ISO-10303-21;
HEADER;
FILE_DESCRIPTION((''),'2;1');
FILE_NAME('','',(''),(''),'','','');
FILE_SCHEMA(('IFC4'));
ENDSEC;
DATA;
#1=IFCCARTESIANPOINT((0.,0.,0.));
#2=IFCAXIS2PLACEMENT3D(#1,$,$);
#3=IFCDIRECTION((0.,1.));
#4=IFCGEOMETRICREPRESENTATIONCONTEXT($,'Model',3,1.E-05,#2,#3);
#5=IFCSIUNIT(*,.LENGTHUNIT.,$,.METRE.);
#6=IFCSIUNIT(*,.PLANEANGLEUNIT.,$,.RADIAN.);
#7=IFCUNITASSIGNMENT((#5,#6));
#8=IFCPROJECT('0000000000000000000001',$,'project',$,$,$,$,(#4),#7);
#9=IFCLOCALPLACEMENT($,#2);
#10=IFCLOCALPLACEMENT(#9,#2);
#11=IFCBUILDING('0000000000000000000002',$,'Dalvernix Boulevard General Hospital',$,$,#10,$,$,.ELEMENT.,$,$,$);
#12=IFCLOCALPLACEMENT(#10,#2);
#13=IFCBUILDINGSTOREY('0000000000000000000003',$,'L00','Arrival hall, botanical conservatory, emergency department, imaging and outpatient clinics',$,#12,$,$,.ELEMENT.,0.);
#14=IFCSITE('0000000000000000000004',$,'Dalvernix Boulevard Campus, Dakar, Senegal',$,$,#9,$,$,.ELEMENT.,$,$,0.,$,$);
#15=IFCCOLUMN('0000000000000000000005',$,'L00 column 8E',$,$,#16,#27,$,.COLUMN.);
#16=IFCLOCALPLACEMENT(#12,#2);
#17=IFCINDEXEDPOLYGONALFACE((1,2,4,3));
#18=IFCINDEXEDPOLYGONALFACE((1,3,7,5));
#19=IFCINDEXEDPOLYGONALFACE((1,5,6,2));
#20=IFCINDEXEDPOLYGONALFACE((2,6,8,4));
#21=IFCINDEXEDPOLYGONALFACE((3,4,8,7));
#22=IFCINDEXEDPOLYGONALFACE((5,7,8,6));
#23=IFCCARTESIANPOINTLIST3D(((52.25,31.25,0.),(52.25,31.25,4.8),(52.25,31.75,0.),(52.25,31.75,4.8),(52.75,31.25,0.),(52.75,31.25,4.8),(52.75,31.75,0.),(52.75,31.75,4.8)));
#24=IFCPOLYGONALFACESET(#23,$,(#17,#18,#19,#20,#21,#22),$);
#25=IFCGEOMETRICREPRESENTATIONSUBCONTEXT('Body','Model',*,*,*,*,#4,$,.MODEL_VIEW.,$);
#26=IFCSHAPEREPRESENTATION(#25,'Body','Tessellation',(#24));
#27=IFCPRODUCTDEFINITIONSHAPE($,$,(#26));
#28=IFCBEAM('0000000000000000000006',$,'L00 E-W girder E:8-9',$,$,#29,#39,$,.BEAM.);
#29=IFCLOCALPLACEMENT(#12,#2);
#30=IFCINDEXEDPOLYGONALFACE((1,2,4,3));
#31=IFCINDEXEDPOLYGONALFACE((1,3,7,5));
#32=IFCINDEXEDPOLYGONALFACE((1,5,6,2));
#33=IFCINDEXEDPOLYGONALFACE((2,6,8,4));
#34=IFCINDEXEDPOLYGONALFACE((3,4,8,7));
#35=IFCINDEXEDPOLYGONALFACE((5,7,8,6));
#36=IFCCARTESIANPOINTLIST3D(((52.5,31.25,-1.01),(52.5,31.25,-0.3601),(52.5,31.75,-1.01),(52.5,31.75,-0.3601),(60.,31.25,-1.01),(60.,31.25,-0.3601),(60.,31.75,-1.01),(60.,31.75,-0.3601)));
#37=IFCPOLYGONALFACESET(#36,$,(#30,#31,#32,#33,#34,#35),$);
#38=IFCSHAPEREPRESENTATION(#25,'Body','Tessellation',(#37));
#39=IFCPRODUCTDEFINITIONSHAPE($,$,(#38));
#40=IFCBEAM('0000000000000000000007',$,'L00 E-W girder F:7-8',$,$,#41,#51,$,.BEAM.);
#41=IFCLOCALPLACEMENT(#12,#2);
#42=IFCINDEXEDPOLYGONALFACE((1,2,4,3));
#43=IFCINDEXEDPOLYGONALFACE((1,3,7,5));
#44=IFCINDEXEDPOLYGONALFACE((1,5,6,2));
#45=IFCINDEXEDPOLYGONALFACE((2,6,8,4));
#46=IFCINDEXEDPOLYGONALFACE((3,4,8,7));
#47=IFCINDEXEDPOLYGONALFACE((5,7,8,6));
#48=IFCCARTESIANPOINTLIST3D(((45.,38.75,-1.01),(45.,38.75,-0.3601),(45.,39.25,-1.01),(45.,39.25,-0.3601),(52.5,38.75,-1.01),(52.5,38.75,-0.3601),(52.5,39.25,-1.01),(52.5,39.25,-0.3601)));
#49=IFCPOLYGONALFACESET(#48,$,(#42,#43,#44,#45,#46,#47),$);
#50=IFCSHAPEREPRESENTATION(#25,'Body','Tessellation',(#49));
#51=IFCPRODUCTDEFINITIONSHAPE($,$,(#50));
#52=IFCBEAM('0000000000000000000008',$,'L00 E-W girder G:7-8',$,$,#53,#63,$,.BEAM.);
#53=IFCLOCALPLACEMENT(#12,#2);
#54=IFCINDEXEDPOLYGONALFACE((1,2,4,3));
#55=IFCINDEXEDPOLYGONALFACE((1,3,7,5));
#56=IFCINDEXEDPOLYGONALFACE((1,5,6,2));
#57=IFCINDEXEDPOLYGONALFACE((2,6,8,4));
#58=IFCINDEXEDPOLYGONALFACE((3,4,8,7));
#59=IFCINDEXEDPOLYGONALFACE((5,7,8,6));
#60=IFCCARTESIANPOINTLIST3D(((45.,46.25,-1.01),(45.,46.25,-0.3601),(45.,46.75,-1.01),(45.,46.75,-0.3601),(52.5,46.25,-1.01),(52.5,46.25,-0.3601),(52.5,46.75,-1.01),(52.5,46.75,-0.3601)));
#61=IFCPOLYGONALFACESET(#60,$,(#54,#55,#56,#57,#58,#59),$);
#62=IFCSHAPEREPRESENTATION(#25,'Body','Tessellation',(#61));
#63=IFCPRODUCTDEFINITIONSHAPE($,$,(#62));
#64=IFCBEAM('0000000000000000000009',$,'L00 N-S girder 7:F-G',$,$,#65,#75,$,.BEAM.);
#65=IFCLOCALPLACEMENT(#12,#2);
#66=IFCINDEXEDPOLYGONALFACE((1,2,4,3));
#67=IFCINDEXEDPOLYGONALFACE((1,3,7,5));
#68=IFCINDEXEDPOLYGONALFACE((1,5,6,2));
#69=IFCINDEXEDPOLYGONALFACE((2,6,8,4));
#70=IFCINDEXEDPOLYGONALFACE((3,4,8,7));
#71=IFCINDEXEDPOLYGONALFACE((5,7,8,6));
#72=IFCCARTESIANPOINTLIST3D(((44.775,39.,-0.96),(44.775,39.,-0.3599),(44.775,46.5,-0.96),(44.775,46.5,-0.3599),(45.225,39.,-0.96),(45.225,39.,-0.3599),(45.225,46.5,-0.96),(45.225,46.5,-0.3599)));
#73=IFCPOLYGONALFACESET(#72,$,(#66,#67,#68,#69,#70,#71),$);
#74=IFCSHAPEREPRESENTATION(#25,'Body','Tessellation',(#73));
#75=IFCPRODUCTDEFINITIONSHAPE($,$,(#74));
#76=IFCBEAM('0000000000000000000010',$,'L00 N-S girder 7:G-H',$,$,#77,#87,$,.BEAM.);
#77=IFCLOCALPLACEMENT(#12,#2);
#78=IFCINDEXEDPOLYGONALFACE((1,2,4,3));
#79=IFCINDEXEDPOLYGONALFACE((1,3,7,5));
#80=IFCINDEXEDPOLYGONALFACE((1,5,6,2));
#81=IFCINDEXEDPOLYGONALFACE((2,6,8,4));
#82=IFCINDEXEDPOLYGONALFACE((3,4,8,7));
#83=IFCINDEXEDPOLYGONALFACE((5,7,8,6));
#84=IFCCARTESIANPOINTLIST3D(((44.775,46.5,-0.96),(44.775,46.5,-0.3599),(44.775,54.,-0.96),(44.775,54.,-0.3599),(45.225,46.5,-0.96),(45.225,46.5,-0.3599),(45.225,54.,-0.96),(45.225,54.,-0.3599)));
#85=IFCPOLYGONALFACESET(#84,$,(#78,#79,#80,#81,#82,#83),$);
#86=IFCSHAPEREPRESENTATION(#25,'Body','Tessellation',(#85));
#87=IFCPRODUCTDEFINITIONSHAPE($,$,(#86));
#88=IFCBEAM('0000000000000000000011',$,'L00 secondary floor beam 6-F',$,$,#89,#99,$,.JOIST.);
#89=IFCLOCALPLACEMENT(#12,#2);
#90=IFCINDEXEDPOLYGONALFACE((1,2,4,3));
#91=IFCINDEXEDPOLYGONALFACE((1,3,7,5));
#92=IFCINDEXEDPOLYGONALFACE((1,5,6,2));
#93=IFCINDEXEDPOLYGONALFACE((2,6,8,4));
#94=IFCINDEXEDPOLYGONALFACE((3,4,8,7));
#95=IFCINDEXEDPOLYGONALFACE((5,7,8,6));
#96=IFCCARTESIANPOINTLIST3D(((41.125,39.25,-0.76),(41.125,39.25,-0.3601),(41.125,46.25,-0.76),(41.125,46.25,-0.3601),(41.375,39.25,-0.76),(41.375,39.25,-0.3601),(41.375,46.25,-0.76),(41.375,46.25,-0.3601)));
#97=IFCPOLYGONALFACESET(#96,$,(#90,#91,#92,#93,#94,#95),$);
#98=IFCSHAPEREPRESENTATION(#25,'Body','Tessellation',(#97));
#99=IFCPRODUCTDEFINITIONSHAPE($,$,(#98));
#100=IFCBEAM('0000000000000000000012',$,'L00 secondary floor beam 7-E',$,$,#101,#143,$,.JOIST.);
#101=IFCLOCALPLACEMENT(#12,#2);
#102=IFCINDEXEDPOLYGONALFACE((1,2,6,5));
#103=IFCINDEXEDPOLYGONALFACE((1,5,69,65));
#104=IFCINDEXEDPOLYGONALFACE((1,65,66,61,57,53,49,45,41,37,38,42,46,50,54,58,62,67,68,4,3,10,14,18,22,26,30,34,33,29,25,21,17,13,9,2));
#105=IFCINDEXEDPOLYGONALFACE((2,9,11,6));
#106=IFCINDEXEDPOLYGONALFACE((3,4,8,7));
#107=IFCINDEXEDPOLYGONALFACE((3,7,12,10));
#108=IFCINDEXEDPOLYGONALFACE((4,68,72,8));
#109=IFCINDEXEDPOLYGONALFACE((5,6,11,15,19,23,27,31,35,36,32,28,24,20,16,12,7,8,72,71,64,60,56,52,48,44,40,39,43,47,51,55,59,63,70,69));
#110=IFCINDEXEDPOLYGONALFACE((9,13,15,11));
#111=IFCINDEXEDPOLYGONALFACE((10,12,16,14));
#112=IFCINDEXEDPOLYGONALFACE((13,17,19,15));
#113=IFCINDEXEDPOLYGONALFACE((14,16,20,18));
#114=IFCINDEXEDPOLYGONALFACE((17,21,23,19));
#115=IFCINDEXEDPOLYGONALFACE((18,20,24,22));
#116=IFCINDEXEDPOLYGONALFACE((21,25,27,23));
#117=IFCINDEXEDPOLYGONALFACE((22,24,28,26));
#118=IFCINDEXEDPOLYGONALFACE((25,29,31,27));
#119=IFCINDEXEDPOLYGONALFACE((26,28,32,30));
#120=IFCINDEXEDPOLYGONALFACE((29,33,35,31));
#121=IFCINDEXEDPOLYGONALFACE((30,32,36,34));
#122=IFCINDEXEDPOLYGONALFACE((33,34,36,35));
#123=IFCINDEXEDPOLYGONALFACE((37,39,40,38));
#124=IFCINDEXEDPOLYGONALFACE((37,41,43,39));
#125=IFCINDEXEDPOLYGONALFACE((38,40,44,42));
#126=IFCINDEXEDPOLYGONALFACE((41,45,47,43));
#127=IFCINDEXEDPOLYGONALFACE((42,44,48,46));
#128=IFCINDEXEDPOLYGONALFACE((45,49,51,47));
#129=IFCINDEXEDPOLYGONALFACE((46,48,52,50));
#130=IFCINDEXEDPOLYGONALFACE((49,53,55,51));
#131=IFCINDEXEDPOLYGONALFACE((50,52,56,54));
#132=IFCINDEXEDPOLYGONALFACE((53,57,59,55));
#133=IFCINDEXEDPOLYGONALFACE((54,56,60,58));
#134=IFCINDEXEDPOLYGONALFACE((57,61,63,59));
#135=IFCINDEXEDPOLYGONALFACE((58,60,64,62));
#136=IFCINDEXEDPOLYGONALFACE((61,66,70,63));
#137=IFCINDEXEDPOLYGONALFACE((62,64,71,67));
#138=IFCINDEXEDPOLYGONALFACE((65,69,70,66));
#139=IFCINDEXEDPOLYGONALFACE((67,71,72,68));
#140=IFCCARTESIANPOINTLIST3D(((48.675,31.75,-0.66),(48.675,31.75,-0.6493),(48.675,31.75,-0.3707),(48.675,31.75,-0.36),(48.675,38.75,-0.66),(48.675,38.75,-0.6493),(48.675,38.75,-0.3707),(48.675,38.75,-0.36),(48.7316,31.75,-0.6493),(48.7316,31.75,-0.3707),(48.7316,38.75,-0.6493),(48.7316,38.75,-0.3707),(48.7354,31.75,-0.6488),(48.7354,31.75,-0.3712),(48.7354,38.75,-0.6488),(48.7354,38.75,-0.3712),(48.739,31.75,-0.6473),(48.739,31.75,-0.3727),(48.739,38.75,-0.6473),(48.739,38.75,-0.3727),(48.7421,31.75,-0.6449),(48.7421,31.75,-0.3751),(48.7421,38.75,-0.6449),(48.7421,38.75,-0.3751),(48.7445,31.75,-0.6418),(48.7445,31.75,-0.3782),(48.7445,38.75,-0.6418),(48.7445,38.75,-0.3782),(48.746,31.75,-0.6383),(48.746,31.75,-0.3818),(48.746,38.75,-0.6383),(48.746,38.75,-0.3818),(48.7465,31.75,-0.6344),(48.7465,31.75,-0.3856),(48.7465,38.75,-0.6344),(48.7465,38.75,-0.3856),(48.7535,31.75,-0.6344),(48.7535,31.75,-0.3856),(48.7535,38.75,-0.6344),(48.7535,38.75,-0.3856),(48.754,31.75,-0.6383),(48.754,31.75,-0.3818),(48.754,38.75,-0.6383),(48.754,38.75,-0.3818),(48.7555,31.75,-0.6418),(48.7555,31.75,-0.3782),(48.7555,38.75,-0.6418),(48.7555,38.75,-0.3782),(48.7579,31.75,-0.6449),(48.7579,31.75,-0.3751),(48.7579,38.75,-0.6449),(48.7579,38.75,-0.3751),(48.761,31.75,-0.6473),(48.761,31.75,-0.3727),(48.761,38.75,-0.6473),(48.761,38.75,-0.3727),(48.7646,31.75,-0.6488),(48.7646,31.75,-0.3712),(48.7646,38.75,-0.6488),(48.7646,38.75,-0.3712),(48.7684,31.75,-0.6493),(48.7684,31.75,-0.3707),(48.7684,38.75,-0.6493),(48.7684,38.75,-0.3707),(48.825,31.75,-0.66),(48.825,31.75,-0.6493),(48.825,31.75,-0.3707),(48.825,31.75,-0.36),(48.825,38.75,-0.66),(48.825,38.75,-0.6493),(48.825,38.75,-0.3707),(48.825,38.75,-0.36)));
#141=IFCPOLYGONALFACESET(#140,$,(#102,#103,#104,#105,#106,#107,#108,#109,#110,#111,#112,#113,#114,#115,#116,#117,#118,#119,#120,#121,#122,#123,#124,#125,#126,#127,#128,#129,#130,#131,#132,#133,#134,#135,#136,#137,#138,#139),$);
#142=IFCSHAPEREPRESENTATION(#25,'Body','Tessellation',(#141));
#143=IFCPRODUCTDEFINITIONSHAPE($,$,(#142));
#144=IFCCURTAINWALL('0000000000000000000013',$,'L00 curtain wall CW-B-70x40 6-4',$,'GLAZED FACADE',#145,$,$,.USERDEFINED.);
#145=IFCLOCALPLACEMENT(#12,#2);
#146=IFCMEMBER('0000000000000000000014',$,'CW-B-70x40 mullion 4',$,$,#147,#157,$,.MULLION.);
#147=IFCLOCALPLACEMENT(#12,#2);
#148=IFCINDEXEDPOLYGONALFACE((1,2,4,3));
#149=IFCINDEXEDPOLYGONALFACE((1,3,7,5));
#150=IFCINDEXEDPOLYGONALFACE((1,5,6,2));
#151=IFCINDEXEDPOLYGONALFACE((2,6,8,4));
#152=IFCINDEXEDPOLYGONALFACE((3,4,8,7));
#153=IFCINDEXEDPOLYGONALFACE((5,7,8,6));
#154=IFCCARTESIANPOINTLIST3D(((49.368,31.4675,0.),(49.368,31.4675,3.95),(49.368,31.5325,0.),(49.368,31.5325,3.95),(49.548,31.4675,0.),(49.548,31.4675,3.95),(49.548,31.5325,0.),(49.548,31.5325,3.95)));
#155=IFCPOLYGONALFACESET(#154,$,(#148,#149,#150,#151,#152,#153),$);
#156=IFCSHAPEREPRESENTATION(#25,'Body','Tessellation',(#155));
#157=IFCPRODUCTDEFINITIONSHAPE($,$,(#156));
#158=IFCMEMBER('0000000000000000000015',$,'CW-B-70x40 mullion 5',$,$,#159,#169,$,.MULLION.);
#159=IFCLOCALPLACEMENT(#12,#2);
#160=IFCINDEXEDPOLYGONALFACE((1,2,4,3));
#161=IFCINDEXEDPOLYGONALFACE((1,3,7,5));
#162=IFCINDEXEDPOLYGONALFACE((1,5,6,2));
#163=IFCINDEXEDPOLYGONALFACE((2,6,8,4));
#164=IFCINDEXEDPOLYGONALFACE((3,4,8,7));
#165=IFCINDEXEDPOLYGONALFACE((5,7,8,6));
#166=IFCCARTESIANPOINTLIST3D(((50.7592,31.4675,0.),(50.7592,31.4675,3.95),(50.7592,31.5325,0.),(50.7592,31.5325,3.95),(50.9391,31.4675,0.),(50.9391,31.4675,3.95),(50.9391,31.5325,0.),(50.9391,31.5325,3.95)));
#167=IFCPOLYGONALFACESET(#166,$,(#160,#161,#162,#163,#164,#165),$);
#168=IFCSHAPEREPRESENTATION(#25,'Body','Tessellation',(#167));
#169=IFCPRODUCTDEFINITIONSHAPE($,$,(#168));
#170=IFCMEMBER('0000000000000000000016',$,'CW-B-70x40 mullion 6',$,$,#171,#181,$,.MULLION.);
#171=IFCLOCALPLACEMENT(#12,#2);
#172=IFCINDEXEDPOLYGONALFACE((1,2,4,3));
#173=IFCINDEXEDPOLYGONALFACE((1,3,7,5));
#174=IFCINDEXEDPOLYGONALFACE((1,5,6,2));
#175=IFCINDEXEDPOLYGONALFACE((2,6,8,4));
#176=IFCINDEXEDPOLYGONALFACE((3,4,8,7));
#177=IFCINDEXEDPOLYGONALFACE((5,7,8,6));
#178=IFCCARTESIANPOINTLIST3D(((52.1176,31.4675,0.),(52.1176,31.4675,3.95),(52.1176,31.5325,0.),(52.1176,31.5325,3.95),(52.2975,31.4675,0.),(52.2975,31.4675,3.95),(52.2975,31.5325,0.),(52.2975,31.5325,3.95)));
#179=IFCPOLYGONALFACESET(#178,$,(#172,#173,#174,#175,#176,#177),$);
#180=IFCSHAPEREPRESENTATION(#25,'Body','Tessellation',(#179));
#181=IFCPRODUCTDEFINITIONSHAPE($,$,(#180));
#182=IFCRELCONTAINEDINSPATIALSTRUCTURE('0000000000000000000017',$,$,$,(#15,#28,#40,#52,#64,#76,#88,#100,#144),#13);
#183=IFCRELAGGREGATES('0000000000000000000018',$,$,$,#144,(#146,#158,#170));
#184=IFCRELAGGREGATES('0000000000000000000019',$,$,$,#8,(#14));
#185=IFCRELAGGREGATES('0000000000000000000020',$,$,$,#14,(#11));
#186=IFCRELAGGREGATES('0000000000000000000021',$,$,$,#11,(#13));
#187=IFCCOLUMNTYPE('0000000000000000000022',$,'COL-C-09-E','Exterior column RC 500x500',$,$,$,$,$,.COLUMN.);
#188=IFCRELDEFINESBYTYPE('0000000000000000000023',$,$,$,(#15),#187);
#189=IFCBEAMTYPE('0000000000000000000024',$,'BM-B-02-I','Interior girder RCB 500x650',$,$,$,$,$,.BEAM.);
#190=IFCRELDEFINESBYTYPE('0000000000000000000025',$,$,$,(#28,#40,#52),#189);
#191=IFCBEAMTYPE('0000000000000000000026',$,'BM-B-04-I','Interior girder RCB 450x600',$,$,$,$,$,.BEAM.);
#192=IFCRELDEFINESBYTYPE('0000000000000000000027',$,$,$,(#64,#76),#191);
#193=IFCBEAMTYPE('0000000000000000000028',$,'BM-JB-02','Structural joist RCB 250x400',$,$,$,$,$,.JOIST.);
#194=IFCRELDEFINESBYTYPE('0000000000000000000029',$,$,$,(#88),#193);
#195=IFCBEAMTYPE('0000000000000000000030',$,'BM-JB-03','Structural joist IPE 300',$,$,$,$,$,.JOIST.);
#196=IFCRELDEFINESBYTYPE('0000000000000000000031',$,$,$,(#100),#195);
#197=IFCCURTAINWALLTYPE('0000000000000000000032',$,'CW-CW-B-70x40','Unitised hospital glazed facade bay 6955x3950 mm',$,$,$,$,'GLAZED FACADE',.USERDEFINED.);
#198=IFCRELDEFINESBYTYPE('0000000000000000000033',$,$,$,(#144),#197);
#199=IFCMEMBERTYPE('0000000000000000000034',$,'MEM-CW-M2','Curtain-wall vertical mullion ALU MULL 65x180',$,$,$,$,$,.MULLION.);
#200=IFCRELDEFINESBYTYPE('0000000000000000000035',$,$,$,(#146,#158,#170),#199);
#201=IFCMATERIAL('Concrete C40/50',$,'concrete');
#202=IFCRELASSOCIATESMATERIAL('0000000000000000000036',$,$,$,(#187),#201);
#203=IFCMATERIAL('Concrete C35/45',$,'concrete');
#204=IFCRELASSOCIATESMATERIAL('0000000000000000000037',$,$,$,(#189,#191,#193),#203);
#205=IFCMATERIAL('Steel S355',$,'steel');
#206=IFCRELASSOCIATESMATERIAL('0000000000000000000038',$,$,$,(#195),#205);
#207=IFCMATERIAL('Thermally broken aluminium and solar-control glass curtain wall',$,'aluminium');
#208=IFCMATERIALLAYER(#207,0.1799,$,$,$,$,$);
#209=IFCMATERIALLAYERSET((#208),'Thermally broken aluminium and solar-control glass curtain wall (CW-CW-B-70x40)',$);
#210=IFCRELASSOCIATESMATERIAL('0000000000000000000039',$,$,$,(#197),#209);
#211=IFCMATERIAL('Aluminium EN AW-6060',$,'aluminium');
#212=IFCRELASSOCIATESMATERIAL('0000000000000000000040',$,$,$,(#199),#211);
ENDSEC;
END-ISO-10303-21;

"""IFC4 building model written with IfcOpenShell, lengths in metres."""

from ifc_helpers import new_model, si_unit, direction, frame, origin, origin_2d, place, context, subcontext, project, spatial, rectangle, i_section, extrude, material, layer, layer_set, material_profile, profile_set, type_object, element, aggregate, save


model = new_model("IFC4")

# Units and contexts
model_context = context("Model", 3, precision=1e-05, world=origin(), true_north=direction((0.0, 1.0)))
body_context = subcontext(model_context, "Body", "Model", "MODEL_VIEW")
ifc_project = project(units=[si_unit("LENGTHUNIT", "METRE"), si_unit("PLANEANGLEUNIT", "RADIAN")], contexts=[model_context])

# Site, building, storey
site_placement = place(None, origin())
site = spatial("IfcSite", under=ifc_project, at=site_placement, Name="Dalvernix Boulevard Campus, Dakar, Senegal", CompositionType="ELEMENT", RefElevation=0.0)
building_placement = place(site_placement, origin())
building = spatial("IfcBuilding", under=site, at=building_placement, Name="Dalvernix Boulevard General Hospital", CompositionType="ELEMENT")
storey_placement = place(building_placement, origin())
storey = spatial("IfcBuildingStorey", under=building, at=storey_placement, Name="L00", Description="Arrival hall, botanical conservatory, emergency department, imaging and outpatient clinics", CompositionType="ELEMENT", Elevation=0.0)

# Column
ifc_material_1 = material(Name="Concrete C40/50", Category="concrete")
ifc_material_profile_1 = material_profile(ifc_material_1, rectangle(XDim=0.5, YDim=0.5, at=origin_2d()), Name="RC 500x500")
ifc_profile_set_1 = profile_set([ifc_material_profile_1], Name="Concrete C40/50")
column_type = type_object("IfcColumnType", Name="COL-C-09-E", Description="Exterior column RC 500x500", PredefinedType="COLUMN", material=ifc_profile_set_1)
column_placement = place(storey_placement, frame((52.5, 31.5, 0.0), z_axis=(0.0, 0.0, 1.0), x_axis=(1.0, 0.0, 0.0)))
element("IfcColumn", 1, at=column_placement, inside=storey, type_object=column_type, Name="L00 column 8E", PredefinedType="COLUMN", context=body_context, shape_type="SweptSolid", body=[
    extrude(rectangle(XDim=0.5, YDim=0.5, at=origin_2d()), origin(), (0.0, 0.0, 1.0), 4.8),
])

# Beams
ifc_material_2 = material(Name="Concrete C35/45", Category="concrete")
ifc_material_profile_2 = material_profile(ifc_material_2, rectangle(XDim=0.5, YDim=0.6499, at=origin_2d()), Name="RCB 500x650")
ifc_profile_set_2 = profile_set([ifc_material_profile_2], Name="Concrete C35/45")
beam_type_1 = type_object("IfcBeamType", Name="BM-B-02-I", Description="Interior girder RCB 500x650", PredefinedType="BEAM", material=ifc_profile_set_2)
for number, where, z_axis, x_axis, name in (
    (2, (52.5, 31.5, -0.6851), (1.0, 0.0, 0.0), (0.0, 1.0, 0.0), "L00 E-W girder E:8-9"),
    (3, (45.0, 39.0, -0.6851), (1.0, 0.0, 0.0), (0.0, 1.0, 0.0), "L00 E-W girder F:7-8"),
    (4, (45.0, 46.5, -0.6851), (1.0, 0.0, 0.0), (0.0, 1.0, 0.0), "L00 E-W girder G:7-8"),
):
    element("IfcBeam", number, at=place(storey_placement, frame(where, z_axis=z_axis, x_axis=x_axis)), inside=storey, type_object=beam_type_1, Name=name, PredefinedType="BEAM", context=body_context, shape_type="SweptSolid", body=[
        extrude(rectangle(XDim=0.5, YDim=0.6499, at=origin_2d()), origin(), (0.0, 0.0, 1.0), 7.5),
    ])
ifc_material_profile_3 = material_profile(ifc_material_2, rectangle(XDim=0.45, YDim=0.6001, at=origin_2d()), Name="RCB 450x600")
ifc_profile_set_3 = profile_set([ifc_material_profile_3], Name="Concrete C35/45")
beam_type_2 = type_object("IfcBeamType", Name="BM-B-04-I", Description="Interior girder RCB 450x600", PredefinedType="BEAM", material=ifc_profile_set_3)
for number, where, z_axis, x_axis, name in (
    (5, (45.0, 39.0, -0.6599), (0.0, 1.0, 0.0), (-1.0, 0.0, 0.0), "L00 N-S girder 7:F-G"),
    (6, (45.0, 46.5, -0.6599), (0.0, 1.0, 0.0), (-1.0, 0.0, 0.0), "L00 N-S girder 7:G-H"),
):
    element("IfcBeam", number, at=place(storey_placement, frame(where, z_axis=z_axis, x_axis=x_axis)), inside=storey, type_object=beam_type_2, Name=name, PredefinedType="BEAM", context=body_context, shape_type="SweptSolid", body=[
        extrude(rectangle(XDim=0.45, YDim=0.6001, at=origin_2d()), origin(), (0.0, 0.0, 1.0), 7.5),
    ])
ifc_material_profile_4 = material_profile(ifc_material_2, rectangle(XDim=0.25, YDim=0.3999, at=origin_2d()), Name="RCB 250x400")
ifc_profile_set_4 = profile_set([ifc_material_profile_4], Name="Concrete C35/45")
beam_type_3 = type_object("IfcBeamType", Name="BM-JB-02", Description="Structural joist RCB 250x400", PredefinedType="JOIST", material=ifc_profile_set_4)
beam_1_placement = place(storey_placement, frame((41.25, 39.25, -0.5601), z_axis=(0.0, 1.0, 0.0), x_axis=(-1.0, 0.0, 0.0)))
element("IfcBeam", 7, at=beam_1_placement, inside=storey, type_object=beam_type_3, Name="L00 secondary floor beam 6-F", PredefinedType="JOIST", context=body_context, shape_type="SweptSolid", body=[
    extrude(rectangle(XDim=0.25, YDim=0.3999, at=origin_2d()), origin(), (0.0, 0.0, 1.0), 7.0),
])
ifc_material_3 = material(Name="Steel S355", Category="steel")
ifc_material_profile_5 = material_profile(ifc_material_3, i_section(OverallWidth=0.1499, OverallDepth=0.3, WebThickness=0.0071, FlangeThickness=0.0107, FilletRadius=0.0149, at=origin_2d()), Name="IPE 300")
ifc_profile_set_5 = profile_set([ifc_material_profile_5], Name="Steel S355")
beam_type_4 = type_object("IfcBeamType", Name="BM-JB-03", Description="Structural joist IPE 300", PredefinedType="JOIST", material=ifc_profile_set_5)
beam_2_placement = place(storey_placement, frame((48.75, 31.75, -0.51), z_axis=(0.0, 1.0, 0.0), x_axis=(-1.0, 0.0, 0.0)))
element("IfcBeam", 8, at=beam_2_placement, inside=storey, type_object=beam_type_4, Name="L00 secondary floor beam 7-E", PredefinedType="JOIST", context=body_context, shape_type="SweptSolid", body=[
    extrude(i_section(OverallWidth=0.1499, OverallDepth=0.3, WebThickness=0.0071, FlangeThickness=0.0107, FilletRadius=0.0149, at=origin_2d()), origin(), (0.0, 0.0, 1.0), 7.0),
])

# Curtain wall, members
ifc_material_4 = material(Name="Thermally broken aluminium and solar-control glass curtain wall", Category="aluminium")
ifc_layer_1 = layer(ifc_material_4, 0.1799)
ifc_layer_set_1 = layer_set([ifc_layer_1], Name="Thermally broken aluminium and solar-control glass curtain wall (CW-CW-B-70x40)")
curtain_wall_type = type_object("IfcCurtainWallType", Name="CW-CW-B-70x40", Description="Unitised hospital glazed facade bay 6955x3950 mm", ElementType="GLAZED FACADE", PredefinedType="USERDEFINED", material=ifc_layer_set_1)
curtain_wall_placement = place(storey_placement, origin())
curtain_wall = element("IfcCurtainWall", 9, at=curtain_wall_placement, inside=storey, type_object=curtain_wall_type, Name="L00 curtain wall CW-B-70x40 6-4", ObjectType="GLAZED FACADE", PredefinedType="USERDEFINED")
ifc_material_5 = material(Name="Aluminium EN AW-6060", Category="aluminium")
ifc_material_profile_6 = material_profile(ifc_material_5, rectangle(XDim=0.0649, YDim=0.1799, at=origin_2d()), Name="ALU MULL 65x180")
ifc_profile_set_6 = profile_set([ifc_material_profile_6], Name="Aluminium EN AW-6060")
member_type_1 = type_object("IfcMemberType", Name="MEM-CW-M2", Description="Curtain-wall vertical mullion ALU MULL 65x180", PredefinedType="MULLION", material=ifc_profile_set_6)
member_1_placement = place(storey_placement, frame((49.458, 31.5, 0.0), z_axis=(0.0, 0.0, 1.0), x_axis=(0.0, 1.0, 0.0)))
member_1 = element("IfcMember", 10, at=member_1_placement, type_object=member_type_1, Name="CW-B-70x40 mullion 4", PredefinedType="MULLION", context=body_context, shape_type="SweptSolid", body=[
    extrude(rectangle(XDim=0.0649, YDim=0.1799, at=origin_2d()), origin(), (0.0, 0.0, 1.0), 3.95),
])
member_2_placement = place(storey_placement, frame((50.8491, 31.5, 0.0), z_axis=(0.0, 0.0, 1.0), x_axis=(0.0, 1.0, 0.0)))
member_2 = element("IfcMember", 11, at=member_2_placement, type_object=member_type_1, Name="CW-B-70x40 mullion 5", PredefinedType="MULLION", context=body_context, shape_type="SweptSolid", body=[
    extrude(rectangle(XDim=0.0649, YDim=0.1799, at=origin_2d()), origin(), (0.0, 0.0, 1.0), 3.95),
])
member_3_placement = place(storey_placement, frame((52.2075, 31.5, 0.0), z_axis=(0.0, 0.0, 1.0), x_axis=(0.0, 1.0, 0.0)))
member_3 = element("IfcMember", 12, at=member_3_placement, type_object=member_type_1, Name="CW-B-70x40 mullion 6", PredefinedType="MULLION", context=body_context, shape_type="SweptSolid", body=[
    extrude(rectangle(XDim=0.0649, YDim=0.1799, at=origin_2d()), origin(), (0.0, 0.0, 1.0), 3.95),
])
aggregate(curtain_wall, [member_1, member_2, member_3])

save(model, "model.ifc")
